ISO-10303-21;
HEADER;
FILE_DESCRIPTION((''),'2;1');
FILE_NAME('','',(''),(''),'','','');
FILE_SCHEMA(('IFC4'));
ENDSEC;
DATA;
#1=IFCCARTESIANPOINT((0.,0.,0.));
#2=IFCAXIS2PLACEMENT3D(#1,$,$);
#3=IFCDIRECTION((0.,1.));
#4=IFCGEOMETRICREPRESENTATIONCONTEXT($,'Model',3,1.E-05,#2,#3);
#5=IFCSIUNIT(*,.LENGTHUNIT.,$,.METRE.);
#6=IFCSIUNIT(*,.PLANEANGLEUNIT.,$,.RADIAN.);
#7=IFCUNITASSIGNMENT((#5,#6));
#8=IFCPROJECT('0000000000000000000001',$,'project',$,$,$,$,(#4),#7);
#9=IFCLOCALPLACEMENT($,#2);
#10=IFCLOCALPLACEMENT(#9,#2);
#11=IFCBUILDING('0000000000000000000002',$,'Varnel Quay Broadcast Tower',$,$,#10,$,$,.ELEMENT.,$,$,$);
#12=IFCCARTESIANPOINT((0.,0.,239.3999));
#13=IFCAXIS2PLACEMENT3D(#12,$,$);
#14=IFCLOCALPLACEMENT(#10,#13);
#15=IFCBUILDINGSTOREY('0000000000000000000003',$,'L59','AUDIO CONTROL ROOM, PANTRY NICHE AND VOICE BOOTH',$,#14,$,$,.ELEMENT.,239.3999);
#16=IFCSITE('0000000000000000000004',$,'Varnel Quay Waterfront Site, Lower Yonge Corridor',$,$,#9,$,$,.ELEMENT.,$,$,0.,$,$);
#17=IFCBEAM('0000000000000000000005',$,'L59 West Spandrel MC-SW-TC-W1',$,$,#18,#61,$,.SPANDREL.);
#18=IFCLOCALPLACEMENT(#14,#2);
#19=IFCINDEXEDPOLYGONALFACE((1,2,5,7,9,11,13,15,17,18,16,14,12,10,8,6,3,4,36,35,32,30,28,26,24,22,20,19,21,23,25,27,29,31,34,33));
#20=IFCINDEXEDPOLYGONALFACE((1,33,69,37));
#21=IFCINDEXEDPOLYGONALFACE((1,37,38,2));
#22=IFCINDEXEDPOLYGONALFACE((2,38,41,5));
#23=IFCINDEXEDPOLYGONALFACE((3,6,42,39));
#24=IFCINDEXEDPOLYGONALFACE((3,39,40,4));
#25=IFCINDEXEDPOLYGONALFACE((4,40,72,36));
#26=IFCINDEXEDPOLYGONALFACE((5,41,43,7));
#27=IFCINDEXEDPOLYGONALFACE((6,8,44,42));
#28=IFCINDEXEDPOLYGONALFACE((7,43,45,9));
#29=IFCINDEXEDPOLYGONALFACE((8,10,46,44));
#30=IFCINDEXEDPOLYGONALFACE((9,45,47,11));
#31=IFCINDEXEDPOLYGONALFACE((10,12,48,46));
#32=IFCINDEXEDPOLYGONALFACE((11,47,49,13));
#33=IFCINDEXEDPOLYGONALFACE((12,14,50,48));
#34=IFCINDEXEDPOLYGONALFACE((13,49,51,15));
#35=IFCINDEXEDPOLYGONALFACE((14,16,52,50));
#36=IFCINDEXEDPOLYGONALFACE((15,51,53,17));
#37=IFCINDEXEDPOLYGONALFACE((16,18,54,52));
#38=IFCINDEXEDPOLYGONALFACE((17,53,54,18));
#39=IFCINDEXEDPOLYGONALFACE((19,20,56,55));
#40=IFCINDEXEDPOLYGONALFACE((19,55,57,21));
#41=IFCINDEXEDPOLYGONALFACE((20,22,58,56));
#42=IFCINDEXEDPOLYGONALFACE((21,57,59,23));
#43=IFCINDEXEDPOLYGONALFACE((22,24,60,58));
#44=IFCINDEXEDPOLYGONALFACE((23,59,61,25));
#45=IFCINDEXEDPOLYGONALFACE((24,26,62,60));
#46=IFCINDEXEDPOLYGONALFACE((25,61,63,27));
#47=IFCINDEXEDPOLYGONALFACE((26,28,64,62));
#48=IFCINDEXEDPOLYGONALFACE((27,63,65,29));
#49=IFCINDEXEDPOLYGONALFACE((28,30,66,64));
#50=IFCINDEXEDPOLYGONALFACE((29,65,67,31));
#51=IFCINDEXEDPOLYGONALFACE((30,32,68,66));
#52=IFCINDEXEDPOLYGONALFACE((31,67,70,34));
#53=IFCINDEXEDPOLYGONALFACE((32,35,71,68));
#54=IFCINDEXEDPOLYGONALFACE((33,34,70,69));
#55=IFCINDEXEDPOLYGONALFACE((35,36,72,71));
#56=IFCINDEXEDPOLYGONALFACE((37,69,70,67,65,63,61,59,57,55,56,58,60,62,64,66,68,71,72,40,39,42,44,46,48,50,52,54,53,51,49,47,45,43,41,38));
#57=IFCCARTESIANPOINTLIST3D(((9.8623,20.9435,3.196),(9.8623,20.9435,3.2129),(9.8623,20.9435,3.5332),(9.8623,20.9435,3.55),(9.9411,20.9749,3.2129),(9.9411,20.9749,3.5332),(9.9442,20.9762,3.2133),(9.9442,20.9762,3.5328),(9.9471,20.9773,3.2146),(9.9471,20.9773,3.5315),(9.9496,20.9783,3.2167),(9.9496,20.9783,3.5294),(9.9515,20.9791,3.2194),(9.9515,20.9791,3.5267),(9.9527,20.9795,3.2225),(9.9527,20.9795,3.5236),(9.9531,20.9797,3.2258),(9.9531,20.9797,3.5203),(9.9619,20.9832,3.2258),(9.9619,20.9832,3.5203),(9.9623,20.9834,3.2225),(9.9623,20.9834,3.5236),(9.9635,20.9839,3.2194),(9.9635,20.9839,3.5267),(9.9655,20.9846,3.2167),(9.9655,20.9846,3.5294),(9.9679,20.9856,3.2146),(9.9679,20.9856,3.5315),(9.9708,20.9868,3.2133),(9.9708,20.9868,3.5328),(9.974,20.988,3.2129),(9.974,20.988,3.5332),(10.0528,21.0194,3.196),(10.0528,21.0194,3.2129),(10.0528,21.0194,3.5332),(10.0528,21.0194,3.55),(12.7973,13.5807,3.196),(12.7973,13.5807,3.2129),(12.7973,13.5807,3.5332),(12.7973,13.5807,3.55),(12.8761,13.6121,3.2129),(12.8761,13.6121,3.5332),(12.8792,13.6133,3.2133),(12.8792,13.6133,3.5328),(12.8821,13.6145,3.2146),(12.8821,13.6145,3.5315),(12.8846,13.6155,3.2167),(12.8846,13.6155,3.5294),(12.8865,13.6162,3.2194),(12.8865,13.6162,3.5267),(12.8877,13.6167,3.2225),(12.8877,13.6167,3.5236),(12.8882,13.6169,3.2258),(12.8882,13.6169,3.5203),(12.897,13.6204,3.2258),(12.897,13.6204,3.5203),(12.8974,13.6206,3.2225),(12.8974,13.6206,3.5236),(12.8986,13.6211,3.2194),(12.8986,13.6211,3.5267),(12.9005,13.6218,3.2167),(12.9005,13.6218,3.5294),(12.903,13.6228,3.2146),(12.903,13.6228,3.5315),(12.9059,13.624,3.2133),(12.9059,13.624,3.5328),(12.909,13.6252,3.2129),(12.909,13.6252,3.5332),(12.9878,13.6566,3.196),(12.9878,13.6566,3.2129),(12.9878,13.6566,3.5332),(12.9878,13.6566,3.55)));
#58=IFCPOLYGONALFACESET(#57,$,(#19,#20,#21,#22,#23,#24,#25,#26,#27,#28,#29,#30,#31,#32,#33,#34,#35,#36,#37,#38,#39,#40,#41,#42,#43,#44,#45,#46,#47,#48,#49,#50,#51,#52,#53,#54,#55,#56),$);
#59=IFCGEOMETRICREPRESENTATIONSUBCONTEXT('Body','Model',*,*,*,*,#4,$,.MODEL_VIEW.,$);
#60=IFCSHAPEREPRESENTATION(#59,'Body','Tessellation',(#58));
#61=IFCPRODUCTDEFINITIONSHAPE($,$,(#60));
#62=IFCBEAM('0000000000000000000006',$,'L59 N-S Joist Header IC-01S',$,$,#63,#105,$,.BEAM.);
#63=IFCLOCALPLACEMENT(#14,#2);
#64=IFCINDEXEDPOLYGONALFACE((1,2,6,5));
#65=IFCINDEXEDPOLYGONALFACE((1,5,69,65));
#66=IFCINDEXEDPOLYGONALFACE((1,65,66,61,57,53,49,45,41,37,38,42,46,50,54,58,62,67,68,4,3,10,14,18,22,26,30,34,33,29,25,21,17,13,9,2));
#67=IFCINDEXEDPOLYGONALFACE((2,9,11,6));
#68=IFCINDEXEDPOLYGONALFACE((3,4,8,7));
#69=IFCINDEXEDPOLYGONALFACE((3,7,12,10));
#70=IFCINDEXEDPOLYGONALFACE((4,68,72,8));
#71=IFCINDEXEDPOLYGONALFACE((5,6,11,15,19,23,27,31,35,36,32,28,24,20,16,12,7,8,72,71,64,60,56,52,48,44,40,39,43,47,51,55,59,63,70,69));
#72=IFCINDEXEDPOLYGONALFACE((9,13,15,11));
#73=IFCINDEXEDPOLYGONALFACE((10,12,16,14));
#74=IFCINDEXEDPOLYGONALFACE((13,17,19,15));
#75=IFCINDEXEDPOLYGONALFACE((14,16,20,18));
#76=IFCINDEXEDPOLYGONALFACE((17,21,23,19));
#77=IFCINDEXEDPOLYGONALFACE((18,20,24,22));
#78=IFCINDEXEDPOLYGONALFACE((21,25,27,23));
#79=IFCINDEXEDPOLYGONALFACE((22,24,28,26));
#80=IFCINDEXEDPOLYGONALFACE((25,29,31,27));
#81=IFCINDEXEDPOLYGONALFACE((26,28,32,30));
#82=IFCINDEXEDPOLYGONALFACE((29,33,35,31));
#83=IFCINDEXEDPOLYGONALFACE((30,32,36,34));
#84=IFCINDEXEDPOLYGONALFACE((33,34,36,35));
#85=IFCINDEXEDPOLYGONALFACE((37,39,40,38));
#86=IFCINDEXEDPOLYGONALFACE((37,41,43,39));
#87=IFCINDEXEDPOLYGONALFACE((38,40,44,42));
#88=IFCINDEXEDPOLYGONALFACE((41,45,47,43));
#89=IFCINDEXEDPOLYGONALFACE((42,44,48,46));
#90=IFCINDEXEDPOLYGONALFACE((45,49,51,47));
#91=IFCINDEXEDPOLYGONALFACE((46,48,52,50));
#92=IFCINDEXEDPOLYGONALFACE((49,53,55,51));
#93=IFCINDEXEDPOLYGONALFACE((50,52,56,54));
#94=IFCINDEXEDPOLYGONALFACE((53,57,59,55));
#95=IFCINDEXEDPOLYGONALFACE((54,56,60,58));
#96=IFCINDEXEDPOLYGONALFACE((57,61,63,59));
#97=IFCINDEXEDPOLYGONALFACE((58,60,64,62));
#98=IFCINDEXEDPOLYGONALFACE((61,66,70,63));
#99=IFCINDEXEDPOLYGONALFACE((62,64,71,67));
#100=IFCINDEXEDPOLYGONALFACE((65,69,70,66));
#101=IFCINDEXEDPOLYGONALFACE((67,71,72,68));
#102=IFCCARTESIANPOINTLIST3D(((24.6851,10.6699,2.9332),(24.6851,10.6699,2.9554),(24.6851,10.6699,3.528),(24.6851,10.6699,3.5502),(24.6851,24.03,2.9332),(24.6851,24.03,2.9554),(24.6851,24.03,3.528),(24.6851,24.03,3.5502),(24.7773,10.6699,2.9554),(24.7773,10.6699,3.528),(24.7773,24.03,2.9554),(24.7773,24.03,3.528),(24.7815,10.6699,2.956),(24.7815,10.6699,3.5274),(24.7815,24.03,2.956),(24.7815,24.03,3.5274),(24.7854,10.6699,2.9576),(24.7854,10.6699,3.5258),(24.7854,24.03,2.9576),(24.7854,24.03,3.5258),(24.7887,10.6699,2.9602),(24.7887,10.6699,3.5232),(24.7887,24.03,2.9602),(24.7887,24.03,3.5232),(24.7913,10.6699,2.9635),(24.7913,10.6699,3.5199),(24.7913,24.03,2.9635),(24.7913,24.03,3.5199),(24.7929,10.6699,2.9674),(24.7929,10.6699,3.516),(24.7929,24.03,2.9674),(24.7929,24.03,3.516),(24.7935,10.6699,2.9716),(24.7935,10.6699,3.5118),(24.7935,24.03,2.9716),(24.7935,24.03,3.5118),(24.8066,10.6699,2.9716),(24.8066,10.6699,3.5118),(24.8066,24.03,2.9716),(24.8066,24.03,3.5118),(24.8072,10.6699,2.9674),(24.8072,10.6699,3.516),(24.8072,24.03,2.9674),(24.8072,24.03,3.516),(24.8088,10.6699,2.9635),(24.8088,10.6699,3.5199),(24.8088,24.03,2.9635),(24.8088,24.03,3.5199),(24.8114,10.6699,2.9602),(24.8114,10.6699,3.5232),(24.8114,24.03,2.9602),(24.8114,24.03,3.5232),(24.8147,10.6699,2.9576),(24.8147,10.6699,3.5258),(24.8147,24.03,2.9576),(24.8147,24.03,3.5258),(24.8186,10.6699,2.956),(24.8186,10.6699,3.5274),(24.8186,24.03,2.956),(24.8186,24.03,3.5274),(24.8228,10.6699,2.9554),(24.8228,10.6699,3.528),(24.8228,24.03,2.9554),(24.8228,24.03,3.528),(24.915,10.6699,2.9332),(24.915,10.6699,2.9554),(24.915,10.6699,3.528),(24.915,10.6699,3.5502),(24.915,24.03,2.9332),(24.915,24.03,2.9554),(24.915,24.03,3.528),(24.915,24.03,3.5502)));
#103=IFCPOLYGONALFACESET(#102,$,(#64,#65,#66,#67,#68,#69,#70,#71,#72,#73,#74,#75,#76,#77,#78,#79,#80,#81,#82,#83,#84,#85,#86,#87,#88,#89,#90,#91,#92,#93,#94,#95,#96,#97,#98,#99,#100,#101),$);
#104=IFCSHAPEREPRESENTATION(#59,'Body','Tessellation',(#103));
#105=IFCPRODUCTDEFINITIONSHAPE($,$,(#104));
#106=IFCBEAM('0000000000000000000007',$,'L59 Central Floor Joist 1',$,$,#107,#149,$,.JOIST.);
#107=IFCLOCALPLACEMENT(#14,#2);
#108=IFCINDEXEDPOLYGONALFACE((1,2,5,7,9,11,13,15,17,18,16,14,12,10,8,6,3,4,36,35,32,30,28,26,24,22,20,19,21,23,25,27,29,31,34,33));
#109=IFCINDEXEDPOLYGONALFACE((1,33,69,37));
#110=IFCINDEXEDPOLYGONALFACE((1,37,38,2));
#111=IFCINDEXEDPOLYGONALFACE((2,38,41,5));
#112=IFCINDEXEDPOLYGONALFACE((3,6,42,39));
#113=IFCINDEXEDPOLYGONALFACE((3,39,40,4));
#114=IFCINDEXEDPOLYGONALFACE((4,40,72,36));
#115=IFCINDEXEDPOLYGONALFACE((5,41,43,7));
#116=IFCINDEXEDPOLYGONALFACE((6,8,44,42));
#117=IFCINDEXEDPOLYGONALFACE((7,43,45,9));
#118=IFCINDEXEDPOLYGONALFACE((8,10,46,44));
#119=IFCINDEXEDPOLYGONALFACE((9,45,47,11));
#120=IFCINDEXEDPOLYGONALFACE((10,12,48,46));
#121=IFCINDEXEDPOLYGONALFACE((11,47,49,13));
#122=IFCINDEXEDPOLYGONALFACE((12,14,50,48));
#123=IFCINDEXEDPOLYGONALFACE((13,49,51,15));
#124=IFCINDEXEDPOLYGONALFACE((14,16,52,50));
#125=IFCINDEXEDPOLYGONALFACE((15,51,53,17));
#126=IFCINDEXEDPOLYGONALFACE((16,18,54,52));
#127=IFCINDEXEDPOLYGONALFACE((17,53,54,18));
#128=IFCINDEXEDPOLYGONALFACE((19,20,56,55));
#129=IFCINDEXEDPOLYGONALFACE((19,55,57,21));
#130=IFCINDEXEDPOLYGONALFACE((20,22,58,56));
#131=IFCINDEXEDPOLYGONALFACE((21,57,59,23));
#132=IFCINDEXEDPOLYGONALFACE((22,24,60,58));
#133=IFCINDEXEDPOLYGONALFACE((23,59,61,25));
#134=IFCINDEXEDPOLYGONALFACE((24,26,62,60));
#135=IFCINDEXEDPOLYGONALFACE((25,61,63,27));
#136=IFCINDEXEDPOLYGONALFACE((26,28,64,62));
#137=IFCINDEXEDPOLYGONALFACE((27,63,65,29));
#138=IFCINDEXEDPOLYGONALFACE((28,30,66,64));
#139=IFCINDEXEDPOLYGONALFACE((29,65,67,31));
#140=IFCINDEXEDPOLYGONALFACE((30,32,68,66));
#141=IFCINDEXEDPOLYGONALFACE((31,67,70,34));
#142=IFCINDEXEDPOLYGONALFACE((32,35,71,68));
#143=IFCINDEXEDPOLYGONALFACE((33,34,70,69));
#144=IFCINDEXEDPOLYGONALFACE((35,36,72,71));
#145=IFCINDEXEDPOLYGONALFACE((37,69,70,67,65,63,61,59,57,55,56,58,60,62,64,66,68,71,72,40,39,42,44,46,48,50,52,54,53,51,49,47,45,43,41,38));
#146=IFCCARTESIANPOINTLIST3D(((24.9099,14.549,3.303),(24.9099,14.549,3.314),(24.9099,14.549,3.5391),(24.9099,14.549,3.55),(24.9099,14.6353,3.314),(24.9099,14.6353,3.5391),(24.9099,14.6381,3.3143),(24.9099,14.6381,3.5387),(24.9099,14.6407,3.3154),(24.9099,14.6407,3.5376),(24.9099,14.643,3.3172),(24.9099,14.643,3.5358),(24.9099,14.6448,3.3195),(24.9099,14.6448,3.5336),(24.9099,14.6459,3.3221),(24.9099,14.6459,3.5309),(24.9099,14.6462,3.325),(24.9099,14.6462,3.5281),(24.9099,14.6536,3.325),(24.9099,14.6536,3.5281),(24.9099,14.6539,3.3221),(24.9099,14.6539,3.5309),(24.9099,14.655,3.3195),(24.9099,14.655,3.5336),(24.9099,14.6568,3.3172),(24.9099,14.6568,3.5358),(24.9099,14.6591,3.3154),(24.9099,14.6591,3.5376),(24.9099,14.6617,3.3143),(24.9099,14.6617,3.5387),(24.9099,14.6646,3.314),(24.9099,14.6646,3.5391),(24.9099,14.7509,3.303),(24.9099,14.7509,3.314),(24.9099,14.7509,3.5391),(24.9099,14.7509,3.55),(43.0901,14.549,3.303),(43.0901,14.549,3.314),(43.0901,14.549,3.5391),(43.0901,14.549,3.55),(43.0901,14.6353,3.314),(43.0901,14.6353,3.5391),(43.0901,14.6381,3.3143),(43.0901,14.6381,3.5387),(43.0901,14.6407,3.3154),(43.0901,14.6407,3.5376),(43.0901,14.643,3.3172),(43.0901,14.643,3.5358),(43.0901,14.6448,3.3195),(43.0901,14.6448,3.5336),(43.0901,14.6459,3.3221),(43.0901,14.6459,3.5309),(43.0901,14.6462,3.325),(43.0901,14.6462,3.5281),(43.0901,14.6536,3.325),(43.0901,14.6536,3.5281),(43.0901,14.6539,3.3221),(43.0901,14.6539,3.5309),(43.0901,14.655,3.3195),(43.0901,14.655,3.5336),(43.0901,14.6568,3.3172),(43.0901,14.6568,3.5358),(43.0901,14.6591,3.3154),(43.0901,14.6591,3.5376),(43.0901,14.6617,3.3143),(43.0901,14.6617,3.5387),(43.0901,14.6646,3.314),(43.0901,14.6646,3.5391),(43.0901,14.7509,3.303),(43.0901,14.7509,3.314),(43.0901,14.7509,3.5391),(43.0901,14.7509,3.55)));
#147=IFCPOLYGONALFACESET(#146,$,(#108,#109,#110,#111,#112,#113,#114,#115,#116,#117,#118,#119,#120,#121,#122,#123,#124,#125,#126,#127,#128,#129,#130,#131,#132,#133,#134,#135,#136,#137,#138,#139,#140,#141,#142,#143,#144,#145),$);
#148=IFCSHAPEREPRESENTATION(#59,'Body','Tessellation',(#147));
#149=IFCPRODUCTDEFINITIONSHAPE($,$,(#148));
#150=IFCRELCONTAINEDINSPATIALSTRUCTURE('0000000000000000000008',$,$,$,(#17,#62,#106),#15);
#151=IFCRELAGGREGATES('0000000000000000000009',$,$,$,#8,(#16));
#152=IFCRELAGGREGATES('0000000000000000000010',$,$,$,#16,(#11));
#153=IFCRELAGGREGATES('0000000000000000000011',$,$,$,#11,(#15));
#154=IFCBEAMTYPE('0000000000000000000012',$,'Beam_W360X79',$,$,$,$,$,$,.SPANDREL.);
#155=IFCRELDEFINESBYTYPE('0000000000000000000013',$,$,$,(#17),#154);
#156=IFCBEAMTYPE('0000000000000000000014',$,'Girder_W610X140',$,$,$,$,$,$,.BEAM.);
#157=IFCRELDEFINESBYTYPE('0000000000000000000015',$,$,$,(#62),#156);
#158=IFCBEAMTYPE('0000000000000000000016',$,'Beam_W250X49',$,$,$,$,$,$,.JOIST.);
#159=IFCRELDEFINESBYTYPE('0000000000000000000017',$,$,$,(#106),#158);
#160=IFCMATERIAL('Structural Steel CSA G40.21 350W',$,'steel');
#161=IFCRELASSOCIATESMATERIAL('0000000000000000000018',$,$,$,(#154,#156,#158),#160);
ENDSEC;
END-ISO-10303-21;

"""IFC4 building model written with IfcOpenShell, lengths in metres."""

from ifc_helpers import new_model, si_unit, direction, frame, origin, origin_2d, place, context, subcontext, project, spatial, i_section, extrude, source, transform, mapped, material, material_profile, profile_set, type_object, type_shapes, element, save


model = new_model("IFC4")

# Units and contexts
model_context = context("Model", 3, precision=1e-05, world=origin(), true_north=direction((0.0, 1.0)))
body_context = subcontext(model_context, "Body", "Model", "MODEL_VIEW")
ifc_project = project(units=[si_unit("LENGTHUNIT", "METRE"), si_unit("PLANEANGLEUNIT", "RADIAN")], contexts=[model_context])

# Site, building, storey
site_placement = place(None, origin())
site = spatial("IfcSite", under=ifc_project, at=site_placement, Name="Varnel Quay Waterfront Site, Lower Yonge Corridor", CompositionType="ELEMENT", RefElevation=0.0)
building_placement = place(site_placement, origin())
building = spatial("IfcBuilding", under=site, at=building_placement, Name="Varnel Quay Broadcast Tower", CompositionType="ELEMENT")
storey_placement = place(building_placement, frame((0.0, 0.0, 239.3999)))
storey = spatial("IfcBuildingStorey", under=building, at=storey_placement, Name="L59", Description="AUDIO CONTROL ROOM, PANTRY NICHE AND VOICE BOOTH", CompositionType="ELEMENT", Elevation=239.3999)

# Shared definitions
ifc_material_1 = material(Name="Structural Steel CSA G40.21 350W", Category="steel")

# Beams
ifc_material_profile_1 = material_profile(ifc_material_1, i_section(OverallWidth=0.2051, OverallDepth=0.354, WebThickness=0.0095, FlangeThickness=0.0168, FilletRadius=0.0129, at=origin_2d()), Name="W360X79")
ifc_profile_set_1 = profile_set([ifc_material_profile_1], Name="Structural Steel CSA G40.21 350W")
beam_type_1 = type_object("IfcBeamType", Name="Beam_W360X79", PredefinedType="SPANDREL", material=ifc_profile_set_1)
shared_shape_1 = source(origin(), body_context, "Body", "SweptSolid", [
    extrude(i_section(OverallWidth=0.2051, OverallDepth=0.354, WebThickness=0.0095, FlangeThickness=0.0168, FilletRadius=0.0129, at=origin_2d()), origin(), (0.0, 0.0, 1.0), 7.9263),
])
beam_1_placement = place(storey_placement, frame((12.8926, 13.6187, 3.373), z_axis=(-0.370296, 0.928914, 0.0), x_axis=(-0.928914, -0.370296, 0.0)))
element("IfcBeam", 1, at=beam_1_placement, inside=storey, type_object=beam_type_1, Name="L59 West Spandrel MC-SW-TC-W1", PredefinedType="SPANDREL", context=body_context, shape_type="MappedRepresentation", body=[
    mapped(shared_shape_1, transform((0.0, 0.0, 0.0), x_axis=(1.0, 0.0, 0.0), y_axis=(0.0, 1.0, 0.0), z_axis=(0.0, 0.0, 1.0), scale=1.0)),
])
ifc_material_profile_2 = material_profile(ifc_material_1, i_section(OverallWidth=0.23, OverallDepth=0.6169, WebThickness=0.0132, FlangeThickness=0.0222, FilletRadius=0.0161, at=origin_2d()), Name="W610X140")
ifc_profile_set_2 = profile_set([ifc_material_profile_2], Name="Structural Steel CSA G40.21 350W")
beam_type_2 = type_object("IfcBeamType", Name="Girder_W610X140", PredefinedType="BEAM", material=ifc_profile_set_2)
shared_shape_2 = source(origin(), body_context, "Body", "SweptSolid", [
    extrude(i_section(OverallWidth=0.23, OverallDepth=0.6169, WebThickness=0.0132, FlangeThickness=0.0222, FilletRadius=0.0161, at=origin_2d()), origin(), (0.0, 0.0, 1.0), 13.3601),
])
type_shapes(beam_type_2, [shared_shape_2])
beam_2_placement = place(storey_placement, frame((24.8, 10.6699, 3.2417), z_axis=(0.0, 1.0, 0.0), x_axis=(-1.0, 0.0, 0.0)))
element("IfcBeam", 2, at=beam_2_placement, inside=storey, type_object=beam_type_2, Name="L59 N-S Joist Header IC-01S", PredefinedType="BEAM", context=body_context, shape_type="MappedRepresentation", body=[
    mapped(shared_shape_2, transform((0.0, 0.0, 0.0), x_axis=(1.0, 0.0, 0.0), y_axis=(0.0, 1.0, 0.0), z_axis=(0.0, 0.0, 1.0), scale=1.0)),
])
ifc_material_profile_3 = material_profile(ifc_material_1, i_section(OverallWidth=0.2019, OverallDepth=0.2471, WebThickness=0.0073, FlangeThickness=0.011, FilletRadius=0.011, at=origin_2d()), Name="W250X49")
ifc_profile_set_3 = profile_set([ifc_material_profile_3], Name="Structural Steel CSA G40.21 350W")
beam_type_3 = type_object("IfcBeamType", Name="Beam_W250X49", PredefinedType="JOIST", material=ifc_profile_set_3)
shared_shape_3 = source(origin(), body_context, "Body", "SweptSolid", [
    extrude(i_section(OverallWidth=0.2019, OverallDepth=0.2471, WebThickness=0.0073, FlangeThickness=0.011, FilletRadius=0.011, at=origin_2d()), origin(), (0.0, 0.0, 1.0), 18.1802),
])
type_shapes(beam_type_3, [shared_shape_3])
beam_3_placement = place(storey_placement, frame((24.9099, 14.6499, 3.4265), z_axis=(1.0, 0.0, 0.0), x_axis=(0.0, 1.0, 0.0)))
element("IfcBeam", 3, at=beam_3_placement, inside=storey, type_object=beam_type_3, Name="L59 Central Floor Joist 1", PredefinedType="JOIST", context=body_context, shape_type="MappedRepresentation", body=[
    mapped(shared_shape_3, transform((0.0, 0.0, 0.0), x_axis=(1.0, 0.0, 0.0), y_axis=(0.0, 1.0, 0.0), z_axis=(0.0, 0.0, 1.0), scale=1.0)),
])

save(model, "model.ifc")
